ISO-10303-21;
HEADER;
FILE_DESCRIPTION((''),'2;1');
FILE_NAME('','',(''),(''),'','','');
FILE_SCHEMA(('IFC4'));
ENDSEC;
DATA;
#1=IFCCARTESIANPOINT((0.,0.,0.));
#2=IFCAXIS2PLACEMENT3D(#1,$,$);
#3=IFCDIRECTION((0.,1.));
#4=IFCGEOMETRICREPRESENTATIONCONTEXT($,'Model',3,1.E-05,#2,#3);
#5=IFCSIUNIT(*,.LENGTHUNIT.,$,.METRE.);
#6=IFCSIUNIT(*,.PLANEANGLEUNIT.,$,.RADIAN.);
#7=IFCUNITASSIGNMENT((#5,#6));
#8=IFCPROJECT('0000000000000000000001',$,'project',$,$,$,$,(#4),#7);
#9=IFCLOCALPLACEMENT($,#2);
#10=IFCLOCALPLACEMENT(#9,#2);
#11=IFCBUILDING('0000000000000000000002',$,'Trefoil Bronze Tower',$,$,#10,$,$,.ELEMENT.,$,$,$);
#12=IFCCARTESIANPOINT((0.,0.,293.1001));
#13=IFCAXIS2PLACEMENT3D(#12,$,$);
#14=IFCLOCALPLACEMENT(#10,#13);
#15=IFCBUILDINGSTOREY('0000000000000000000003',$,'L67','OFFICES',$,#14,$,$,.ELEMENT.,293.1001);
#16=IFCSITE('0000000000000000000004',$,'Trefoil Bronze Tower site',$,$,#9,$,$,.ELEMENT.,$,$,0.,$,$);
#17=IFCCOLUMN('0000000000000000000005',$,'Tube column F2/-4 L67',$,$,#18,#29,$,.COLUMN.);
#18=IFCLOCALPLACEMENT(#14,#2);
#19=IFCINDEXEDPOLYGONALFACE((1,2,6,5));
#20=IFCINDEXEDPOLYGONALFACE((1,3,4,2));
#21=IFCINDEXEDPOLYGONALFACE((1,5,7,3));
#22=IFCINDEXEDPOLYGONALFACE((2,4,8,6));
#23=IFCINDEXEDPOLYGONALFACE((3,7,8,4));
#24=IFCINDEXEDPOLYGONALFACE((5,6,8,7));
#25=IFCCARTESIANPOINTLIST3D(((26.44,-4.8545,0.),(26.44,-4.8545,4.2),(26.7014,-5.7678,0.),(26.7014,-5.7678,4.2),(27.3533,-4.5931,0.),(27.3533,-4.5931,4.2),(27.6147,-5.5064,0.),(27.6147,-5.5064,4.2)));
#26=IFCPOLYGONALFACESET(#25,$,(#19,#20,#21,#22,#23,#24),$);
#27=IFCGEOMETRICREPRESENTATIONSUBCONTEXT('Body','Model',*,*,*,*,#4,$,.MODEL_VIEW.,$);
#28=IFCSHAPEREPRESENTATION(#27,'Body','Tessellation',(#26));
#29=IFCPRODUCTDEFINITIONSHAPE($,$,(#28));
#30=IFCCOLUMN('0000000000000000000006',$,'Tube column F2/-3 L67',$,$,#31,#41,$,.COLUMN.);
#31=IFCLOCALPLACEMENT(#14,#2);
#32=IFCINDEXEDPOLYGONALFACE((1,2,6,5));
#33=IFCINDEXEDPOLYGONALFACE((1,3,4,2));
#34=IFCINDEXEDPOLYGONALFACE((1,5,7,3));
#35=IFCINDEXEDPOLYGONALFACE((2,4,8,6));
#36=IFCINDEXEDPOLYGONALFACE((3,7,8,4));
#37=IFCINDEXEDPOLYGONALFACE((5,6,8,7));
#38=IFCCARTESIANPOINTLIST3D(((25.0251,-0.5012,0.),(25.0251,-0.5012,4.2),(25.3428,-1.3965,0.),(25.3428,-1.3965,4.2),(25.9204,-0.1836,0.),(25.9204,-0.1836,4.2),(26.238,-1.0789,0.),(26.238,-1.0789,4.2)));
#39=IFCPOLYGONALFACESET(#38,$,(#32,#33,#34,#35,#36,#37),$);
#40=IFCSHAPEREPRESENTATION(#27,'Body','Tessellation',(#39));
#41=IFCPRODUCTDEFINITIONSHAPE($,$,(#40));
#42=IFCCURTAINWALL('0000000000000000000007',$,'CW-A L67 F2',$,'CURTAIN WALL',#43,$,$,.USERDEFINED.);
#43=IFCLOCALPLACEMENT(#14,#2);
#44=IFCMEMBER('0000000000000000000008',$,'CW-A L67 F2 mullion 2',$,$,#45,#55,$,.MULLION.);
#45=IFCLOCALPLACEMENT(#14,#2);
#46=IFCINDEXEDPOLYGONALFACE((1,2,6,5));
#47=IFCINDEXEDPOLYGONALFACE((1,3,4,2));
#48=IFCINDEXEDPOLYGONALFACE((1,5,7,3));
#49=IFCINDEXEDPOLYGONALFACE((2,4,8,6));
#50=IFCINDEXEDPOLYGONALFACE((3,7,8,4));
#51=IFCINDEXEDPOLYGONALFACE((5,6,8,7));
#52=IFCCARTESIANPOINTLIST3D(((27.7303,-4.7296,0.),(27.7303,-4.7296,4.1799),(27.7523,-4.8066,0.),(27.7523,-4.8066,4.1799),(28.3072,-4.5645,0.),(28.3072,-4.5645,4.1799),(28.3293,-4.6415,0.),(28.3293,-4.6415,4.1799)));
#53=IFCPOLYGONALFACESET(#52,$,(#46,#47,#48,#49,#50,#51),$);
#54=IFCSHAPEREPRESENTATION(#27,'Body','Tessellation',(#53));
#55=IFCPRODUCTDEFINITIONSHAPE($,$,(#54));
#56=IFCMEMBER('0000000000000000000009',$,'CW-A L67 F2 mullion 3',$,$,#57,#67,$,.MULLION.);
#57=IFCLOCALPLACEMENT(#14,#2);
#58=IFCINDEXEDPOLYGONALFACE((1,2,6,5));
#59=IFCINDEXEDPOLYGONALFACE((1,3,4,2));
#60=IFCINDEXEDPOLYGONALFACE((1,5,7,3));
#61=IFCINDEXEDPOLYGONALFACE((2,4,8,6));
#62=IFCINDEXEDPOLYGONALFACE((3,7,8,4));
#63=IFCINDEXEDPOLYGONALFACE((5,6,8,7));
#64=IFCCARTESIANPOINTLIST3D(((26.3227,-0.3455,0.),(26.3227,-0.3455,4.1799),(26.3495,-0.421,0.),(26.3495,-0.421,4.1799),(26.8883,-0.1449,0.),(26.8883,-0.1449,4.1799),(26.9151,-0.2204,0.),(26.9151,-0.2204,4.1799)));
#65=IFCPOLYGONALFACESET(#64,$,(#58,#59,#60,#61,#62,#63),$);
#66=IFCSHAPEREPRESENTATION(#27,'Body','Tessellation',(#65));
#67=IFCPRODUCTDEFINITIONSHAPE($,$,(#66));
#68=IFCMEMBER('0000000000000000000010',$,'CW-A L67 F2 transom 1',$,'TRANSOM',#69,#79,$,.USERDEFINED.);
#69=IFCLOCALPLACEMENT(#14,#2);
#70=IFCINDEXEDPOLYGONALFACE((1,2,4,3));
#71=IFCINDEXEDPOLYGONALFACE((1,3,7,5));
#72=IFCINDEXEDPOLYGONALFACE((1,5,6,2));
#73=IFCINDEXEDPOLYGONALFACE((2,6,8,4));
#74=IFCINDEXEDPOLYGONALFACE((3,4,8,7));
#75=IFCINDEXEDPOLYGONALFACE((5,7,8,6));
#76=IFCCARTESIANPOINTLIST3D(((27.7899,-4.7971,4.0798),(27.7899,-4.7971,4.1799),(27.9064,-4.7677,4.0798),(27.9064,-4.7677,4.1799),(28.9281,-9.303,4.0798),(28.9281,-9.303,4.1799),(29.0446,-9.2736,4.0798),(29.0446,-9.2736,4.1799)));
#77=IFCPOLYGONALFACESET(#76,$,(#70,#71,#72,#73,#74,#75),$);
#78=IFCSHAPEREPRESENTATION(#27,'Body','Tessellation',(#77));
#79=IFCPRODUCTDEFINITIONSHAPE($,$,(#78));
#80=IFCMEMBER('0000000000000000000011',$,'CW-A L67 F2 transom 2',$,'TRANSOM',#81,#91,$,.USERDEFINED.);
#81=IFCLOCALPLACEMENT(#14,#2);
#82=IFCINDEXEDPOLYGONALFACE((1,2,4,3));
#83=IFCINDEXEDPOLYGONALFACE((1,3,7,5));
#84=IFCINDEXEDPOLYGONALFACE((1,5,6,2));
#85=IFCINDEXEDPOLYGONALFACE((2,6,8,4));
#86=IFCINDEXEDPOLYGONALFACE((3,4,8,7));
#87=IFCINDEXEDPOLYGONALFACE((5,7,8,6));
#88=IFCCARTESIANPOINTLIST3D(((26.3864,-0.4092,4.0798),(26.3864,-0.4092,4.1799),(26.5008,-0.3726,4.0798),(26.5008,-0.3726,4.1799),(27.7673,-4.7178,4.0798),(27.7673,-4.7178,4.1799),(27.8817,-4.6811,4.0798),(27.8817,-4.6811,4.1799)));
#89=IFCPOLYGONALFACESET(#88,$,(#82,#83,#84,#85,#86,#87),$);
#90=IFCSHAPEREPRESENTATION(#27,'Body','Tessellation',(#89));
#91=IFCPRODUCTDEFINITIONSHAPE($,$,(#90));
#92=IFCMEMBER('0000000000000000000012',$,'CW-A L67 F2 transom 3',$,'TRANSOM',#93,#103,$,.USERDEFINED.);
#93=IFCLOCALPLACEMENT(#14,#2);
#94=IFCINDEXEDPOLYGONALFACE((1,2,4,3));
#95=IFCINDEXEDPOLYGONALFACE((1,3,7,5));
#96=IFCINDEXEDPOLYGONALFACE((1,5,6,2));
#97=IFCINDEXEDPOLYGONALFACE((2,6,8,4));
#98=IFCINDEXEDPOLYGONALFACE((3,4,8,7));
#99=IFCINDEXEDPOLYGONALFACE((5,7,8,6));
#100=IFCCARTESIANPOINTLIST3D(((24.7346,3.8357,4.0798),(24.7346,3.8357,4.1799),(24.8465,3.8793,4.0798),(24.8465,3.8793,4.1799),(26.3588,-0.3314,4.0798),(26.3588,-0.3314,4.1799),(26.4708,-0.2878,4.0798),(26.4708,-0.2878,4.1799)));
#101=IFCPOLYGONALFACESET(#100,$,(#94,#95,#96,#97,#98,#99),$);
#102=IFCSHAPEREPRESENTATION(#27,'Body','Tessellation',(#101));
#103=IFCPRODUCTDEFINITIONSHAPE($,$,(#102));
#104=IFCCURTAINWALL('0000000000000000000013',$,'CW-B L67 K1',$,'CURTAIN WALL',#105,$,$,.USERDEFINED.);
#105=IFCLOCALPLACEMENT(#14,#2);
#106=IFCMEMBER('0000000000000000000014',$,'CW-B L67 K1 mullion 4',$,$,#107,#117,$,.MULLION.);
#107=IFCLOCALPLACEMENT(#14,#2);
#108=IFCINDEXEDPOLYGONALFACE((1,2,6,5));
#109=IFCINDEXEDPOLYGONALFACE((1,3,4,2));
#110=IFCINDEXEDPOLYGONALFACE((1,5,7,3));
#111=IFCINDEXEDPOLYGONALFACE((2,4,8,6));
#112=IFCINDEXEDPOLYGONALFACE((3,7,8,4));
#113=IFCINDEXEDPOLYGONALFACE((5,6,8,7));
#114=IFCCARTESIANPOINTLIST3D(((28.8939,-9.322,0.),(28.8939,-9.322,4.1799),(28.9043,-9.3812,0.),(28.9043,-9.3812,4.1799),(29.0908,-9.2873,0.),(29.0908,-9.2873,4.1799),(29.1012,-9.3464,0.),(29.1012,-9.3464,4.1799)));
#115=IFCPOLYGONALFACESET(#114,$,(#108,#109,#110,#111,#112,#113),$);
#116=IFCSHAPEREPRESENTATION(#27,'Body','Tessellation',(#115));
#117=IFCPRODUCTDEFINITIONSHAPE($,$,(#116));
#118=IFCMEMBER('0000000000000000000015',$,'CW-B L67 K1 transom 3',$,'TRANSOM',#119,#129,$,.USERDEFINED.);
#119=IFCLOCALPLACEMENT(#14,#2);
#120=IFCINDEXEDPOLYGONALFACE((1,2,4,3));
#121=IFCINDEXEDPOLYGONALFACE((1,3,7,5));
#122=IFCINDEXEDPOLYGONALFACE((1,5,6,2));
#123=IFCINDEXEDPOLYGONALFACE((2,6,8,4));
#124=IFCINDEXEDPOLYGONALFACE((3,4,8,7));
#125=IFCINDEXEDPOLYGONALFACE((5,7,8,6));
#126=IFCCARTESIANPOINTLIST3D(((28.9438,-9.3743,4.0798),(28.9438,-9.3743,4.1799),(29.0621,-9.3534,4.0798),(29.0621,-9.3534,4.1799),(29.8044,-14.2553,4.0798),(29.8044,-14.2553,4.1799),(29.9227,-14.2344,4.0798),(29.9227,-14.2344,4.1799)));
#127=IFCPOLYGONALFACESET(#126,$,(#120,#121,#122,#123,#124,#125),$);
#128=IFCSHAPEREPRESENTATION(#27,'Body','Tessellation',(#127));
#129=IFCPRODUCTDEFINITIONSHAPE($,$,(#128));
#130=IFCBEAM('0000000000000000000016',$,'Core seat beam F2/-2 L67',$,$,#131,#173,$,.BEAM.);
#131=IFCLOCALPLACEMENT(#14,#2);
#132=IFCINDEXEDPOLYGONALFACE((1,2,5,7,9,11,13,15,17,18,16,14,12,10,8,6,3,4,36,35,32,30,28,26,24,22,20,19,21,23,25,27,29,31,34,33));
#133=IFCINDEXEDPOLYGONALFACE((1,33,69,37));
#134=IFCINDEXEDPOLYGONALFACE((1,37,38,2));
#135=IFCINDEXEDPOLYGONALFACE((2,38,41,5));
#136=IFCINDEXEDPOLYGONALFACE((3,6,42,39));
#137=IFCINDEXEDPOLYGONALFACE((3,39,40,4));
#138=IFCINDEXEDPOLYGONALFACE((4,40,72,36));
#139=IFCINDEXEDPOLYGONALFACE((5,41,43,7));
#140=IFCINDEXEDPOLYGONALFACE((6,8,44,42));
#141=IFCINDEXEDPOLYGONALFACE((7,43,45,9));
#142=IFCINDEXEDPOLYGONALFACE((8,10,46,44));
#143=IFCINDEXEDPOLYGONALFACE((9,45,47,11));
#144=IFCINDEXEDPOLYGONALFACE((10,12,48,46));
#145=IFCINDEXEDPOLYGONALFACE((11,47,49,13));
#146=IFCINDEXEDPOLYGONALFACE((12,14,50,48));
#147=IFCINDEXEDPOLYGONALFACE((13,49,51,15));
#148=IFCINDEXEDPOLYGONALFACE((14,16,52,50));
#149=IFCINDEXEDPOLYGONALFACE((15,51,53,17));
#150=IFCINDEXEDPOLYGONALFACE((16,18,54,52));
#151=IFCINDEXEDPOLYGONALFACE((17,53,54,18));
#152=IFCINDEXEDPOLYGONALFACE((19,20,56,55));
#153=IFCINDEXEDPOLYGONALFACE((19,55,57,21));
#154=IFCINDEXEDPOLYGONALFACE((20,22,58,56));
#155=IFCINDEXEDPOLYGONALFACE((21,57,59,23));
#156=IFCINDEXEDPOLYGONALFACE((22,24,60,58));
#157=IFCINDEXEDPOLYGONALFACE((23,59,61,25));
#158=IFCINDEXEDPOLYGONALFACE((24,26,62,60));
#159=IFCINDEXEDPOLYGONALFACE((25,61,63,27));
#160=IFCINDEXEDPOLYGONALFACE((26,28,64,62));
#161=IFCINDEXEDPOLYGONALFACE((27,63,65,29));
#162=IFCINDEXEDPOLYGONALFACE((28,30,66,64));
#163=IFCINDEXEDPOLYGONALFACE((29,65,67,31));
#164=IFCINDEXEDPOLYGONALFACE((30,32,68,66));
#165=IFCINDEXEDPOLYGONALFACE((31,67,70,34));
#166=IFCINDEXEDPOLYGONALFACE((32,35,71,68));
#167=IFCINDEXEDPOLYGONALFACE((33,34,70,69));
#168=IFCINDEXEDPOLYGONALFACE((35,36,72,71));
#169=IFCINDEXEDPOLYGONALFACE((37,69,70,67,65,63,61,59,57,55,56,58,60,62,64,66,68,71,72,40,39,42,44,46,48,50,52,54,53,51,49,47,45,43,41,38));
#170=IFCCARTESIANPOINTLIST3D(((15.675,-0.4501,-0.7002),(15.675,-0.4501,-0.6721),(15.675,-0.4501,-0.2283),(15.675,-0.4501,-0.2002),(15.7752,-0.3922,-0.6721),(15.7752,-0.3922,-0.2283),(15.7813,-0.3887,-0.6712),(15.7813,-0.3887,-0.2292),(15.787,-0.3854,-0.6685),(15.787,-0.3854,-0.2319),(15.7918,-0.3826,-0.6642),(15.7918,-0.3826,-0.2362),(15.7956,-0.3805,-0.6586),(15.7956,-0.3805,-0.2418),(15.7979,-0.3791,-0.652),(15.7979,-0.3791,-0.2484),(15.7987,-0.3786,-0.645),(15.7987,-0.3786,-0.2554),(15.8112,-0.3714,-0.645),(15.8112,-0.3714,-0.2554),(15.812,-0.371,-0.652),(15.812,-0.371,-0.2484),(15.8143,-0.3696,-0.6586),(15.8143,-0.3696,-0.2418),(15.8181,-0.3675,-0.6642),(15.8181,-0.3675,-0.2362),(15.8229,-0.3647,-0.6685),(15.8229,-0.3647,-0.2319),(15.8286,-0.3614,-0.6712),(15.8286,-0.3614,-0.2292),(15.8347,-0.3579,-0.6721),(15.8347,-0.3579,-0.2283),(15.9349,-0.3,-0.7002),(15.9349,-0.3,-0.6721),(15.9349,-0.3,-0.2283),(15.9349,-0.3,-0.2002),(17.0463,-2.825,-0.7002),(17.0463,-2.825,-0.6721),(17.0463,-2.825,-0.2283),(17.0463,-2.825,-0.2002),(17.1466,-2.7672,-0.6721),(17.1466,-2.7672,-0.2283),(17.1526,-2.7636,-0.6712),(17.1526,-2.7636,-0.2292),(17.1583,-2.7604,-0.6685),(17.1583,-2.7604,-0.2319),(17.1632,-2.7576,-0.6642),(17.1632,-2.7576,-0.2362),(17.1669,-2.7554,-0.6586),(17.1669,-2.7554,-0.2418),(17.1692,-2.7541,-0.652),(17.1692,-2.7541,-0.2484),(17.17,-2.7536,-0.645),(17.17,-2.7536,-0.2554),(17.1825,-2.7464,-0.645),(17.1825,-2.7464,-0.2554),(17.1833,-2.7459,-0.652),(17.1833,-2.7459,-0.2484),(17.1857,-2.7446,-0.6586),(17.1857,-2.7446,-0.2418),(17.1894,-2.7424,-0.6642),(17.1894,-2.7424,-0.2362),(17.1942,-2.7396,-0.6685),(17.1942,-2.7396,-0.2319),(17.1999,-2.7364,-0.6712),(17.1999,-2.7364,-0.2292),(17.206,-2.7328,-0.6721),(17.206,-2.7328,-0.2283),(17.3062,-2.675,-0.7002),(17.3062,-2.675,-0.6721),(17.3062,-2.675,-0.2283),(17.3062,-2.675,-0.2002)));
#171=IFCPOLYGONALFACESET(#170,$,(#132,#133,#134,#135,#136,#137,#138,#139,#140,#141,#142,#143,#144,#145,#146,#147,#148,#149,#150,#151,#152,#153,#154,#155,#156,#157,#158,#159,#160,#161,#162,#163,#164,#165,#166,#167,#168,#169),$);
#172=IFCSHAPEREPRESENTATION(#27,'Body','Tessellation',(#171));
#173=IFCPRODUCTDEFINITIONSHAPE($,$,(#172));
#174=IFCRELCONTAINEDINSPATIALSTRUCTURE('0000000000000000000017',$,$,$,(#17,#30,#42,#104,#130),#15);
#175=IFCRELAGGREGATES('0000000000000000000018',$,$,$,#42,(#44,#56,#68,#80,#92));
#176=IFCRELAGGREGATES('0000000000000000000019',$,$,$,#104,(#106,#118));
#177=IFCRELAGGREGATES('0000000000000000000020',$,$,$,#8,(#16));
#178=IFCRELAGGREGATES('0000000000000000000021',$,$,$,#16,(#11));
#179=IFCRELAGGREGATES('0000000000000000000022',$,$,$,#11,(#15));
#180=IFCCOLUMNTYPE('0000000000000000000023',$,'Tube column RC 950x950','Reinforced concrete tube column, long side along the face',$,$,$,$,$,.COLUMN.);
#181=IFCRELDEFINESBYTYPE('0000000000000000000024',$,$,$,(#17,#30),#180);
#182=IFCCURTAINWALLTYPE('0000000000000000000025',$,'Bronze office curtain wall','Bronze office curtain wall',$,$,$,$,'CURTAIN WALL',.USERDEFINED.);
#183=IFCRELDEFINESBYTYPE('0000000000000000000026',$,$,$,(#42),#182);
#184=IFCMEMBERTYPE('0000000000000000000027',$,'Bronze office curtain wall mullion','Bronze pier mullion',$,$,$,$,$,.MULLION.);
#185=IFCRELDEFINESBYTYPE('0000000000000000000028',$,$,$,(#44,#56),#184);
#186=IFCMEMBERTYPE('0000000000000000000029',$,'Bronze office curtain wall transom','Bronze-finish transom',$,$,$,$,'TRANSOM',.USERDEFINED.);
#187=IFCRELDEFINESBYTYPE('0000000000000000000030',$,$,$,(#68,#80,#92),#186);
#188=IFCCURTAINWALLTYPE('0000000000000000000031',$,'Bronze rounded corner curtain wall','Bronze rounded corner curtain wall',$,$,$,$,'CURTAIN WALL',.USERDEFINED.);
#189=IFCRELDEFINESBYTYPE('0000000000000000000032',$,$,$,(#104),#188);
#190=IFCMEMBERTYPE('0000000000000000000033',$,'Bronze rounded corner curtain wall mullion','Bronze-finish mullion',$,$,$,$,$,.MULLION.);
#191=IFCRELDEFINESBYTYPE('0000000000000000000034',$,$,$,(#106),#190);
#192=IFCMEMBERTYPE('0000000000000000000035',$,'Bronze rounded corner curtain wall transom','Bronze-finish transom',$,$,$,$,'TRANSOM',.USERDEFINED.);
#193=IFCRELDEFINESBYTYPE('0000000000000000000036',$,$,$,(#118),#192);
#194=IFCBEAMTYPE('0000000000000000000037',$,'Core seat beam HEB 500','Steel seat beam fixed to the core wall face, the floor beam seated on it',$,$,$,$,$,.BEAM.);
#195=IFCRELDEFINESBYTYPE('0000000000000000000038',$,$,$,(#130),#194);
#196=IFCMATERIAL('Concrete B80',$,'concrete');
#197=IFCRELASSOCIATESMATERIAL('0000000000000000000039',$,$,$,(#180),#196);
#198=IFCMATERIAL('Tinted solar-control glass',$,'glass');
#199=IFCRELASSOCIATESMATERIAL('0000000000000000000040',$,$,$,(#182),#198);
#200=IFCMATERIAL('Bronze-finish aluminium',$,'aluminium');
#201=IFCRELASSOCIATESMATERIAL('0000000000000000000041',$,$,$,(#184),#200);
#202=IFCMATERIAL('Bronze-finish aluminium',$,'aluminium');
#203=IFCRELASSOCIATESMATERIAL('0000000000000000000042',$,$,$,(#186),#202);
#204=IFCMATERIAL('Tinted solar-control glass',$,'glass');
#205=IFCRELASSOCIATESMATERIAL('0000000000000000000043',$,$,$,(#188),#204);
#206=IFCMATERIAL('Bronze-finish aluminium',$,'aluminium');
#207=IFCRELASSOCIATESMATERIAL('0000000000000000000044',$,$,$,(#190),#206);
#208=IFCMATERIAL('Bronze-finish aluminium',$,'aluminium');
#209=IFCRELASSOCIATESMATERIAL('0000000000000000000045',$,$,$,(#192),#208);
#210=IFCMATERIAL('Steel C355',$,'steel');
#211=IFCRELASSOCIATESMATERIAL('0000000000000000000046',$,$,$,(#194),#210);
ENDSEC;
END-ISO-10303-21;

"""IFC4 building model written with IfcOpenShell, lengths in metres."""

from ifc_helpers import new_model, si_unit, direction, frame, origin, origin_2d, place, context, subcontext, project, spatial, rectangle, i_section, extrude, material, material_profile, profile_set, type_object, element, aggregate, save


model = new_model("IFC4")

# Units and contexts
model_context = context("Model", 3, precision=1e-05, world=origin(), true_north=direction((0.0, 1.0)))
body_context = subcontext(model_context, "Body", "Model", "MODEL_VIEW")
ifc_project = project(units=[si_unit("LENGTHUNIT", "METRE"), si_unit("PLANEANGLEUNIT", "RADIAN")], contexts=[model_context])

# Site, building, storey
site_placement = place(None, origin())
site = spatial("IfcSite", under=ifc_project, at=site_placement, Name="Trefoil Bronze Tower site", CompositionType="ELEMENT", RefElevation=0.0)
building_placement = place(site_placement, origin())
building = spatial("IfcBuilding", under=site, at=building_placement, Name="Trefoil Bronze Tower", CompositionType="ELEMENT")
storey_placement = place(building_placement, frame((0.0, 0.0, 293.1001)))
storey = spatial("IfcBuildingStorey", under=building, at=storey_placement, Name="L67", Description="OFFICES", CompositionType="ELEMENT", Elevation=293.1001)

# Columns
ifc_material_1 = material(Name="Concrete B80", Category="concrete")
ifc_material_profile_1 = material_profile(ifc_material_1, rectangle(XDim=0.95, YDim=0.95, at=origin_2d()), Name="RC 950x950")
ifc_profile_set_1 = profile_set([ifc_material_profile_1], Name="Concrete B80")
column_type = type_object("IfcColumnType", Name="Tube column RC 950x950", Description="Reinforced concrete tube column, long side along the face", PredefinedType="COLUMN", material=ifc_profile_set_1)
for number, where, z_axis, x_axis, name in (
    (1, (27.0273, -5.1804, 0.0), (0.0, 0.0, 1.0), (-0.275169, 0.961396, 0.0), "Tube column F2/-4 L67"),
    (2, (25.6316, -0.79, 0.0), (0.0, 0.0, 1.0), (-0.334352, 0.942448, 0.0), "Tube column F2/-3 L67"),
):
    element("IfcColumn", number, at=place(storey_placement, frame(where, z_axis=z_axis, x_axis=x_axis)), inside=storey, type_object=column_type, Name=name, PredefinedType="COLUMN", context=body_context, shape_type="SweptSolid", body=[
        extrude(rectangle(XDim=0.95, YDim=0.95, at=origin_2d()), origin(), (0.0, 0.0, 1.0), 4.2),
    ])

# Curtain walls, members
ifc_material_2 = material(Name="Tinted solar-control glass", Category="glass")
curtain_wall_type_1 = type_object("IfcCurtainWallType", Name="Bronze office curtain wall", Description="Bronze office curtain wall", ElementType="CURTAIN WALL", PredefinedType="USERDEFINED", material=ifc_material_2)
curtain_wall_1_placement = place(storey_placement, origin())
curtain_wall_1 = element("IfcCurtainWall", 3, at=curtain_wall_1_placement, inside=storey, type_object=curtain_wall_type_1, Name="CW-A L67 F2", ObjectType="CURTAIN WALL", PredefinedType="USERDEFINED")
ifc_material_3 = material(Name="Bronze-finish aluminium", Category="aluminium")
ifc_material_profile_2 = material_profile(ifc_material_3, rectangle(XDim=0.6001, YDim=0.0801, at=origin_2d()), Name="CW-A mullion")
ifc_profile_set_2 = profile_set([ifc_material_profile_2], Name="Bronze-finish aluminium")
member_type_1 = type_object("IfcMemberType", Name="Bronze office curtain wall mullion", Description="Bronze pier mullion", PredefinedType="MULLION", material=ifc_profile_set_2)
member_1_placement = place(storey_placement, frame((28.0298, -4.6855, 0.0), z_axis=(0.0, 0.0, 1.0), x_axis=(-0.961396, -0.275169, 0.0)))
member_1 = element("IfcMember", 4, at=member_1_placement, type_object=member_type_1, Name="CW-A L67 F2 mullion 2", PredefinedType="MULLION", context=body_context, shape_type="SweptSolid", body=[
    extrude(rectangle(XDim=0.6001, YDim=0.0801, at=origin_2d()), origin(), (0.0, 0.0, 1.0), 4.1799),
])
member_2_placement = place(storey_placement, frame((26.6189, -0.283, 0.0), z_axis=(0.0, 0.0, 1.0), x_axis=(-0.942448, -0.334352, 0.0)))
member_2 = element("IfcMember", 5, at=member_2_placement, type_object=member_type_1, Name="CW-A L67 F2 mullion 3", PredefinedType="MULLION", context=body_context, shape_type="SweptSolid", body=[
    extrude(rectangle(XDim=0.6001, YDim=0.0801, at=origin_2d()), origin(), (0.0, 0.0, 1.0), 4.1799),
])
ifc_material_4 = material(Name="Bronze-finish aluminium", Category="aluminium")
ifc_material_profile_3 = material_profile(ifc_material_4, rectangle(XDim=0.1201, YDim=0.1001, at=origin_2d()), Name="CW-A transom")
ifc_profile_set_3 = profile_set([ifc_material_profile_3], Name="Bronze-finish aluminium")
member_type_2 = type_object("IfcMemberType", Name="Bronze office curtain wall transom", Description="Bronze-finish transom", ElementType="TRANSOM", PredefinedType="USERDEFINED", material=ifc_profile_set_3)
member_3_placement = place(storey_placement, frame((28.9863, -9.2883, 4.1299), z_axis=(-0.244908, 0.969546, 0.0), x_axis=(-0.969546, -0.244908, 0.0)))
member_3 = element("IfcMember", 6, at=member_3_placement, type_object=member_type_2, Name="CW-A L67 F2 transom 1", ObjectType="TRANSOM", PredefinedType="USERDEFINED", context=body_context, shape_type="SweptSolid", body=[
    extrude(rectangle(XDim=0.1201, YDim=0.1001, at=origin_2d()), origin(), (0.0, 0.0, 1.0), 4.6475),
])
member_4_placement = place(storey_placement, frame((27.8245, -4.6995, 4.1299), z_axis=(-0.305199, 0.952289, 0.0), x_axis=(-0.952289, -0.305199, 0.0)))
member_4 = element("IfcMember", 7, at=member_4_placement, type_object=member_type_2, Name="CW-A L67 F2 transom 2", ObjectType="TRANSOM", PredefinedType="USERDEFINED", context=body_context, shape_type="SweptSolid", body=[
    extrude(rectangle(XDim=0.1201, YDim=0.1001, at=origin_2d()), origin(), (0.0, 0.0, 1.0), 4.5244),
])
member_5_placement = place(storey_placement, frame((26.4148, -0.3096, 4.1299), z_axis=(-0.363178, 0.93172, 0.0), x_axis=(-0.93172, -0.363178, 0.0)))
member_5 = element("IfcMember", 8, at=member_5_placement, type_object=member_type_2, Name="CW-A L67 F2 transom 3", ObjectType="TRANSOM", PredefinedType="USERDEFINED", context=body_context, shape_type="SweptSolid", body=[
    extrude(rectangle(XDim=0.1201, YDim=0.1001, at=origin_2d()), origin(), (0.0, 0.0, 1.0), 4.4724),
])
ifc_material_5 = material(Name="Tinted solar-control glass", Category="glass")
curtain_wall_type_2 = type_object("IfcCurtainWallType", Name="Bronze rounded corner curtain wall", Description="Bronze rounded corner curtain wall", ElementType="CURTAIN WALL", PredefinedType="USERDEFINED", material=ifc_material_5)
curtain_wall_2_placement = place(storey_placement, origin())
curtain_wall_2 = element("IfcCurtainWall", 9, at=curtain_wall_2_placement, inside=storey, type_object=curtain_wall_type_2, Name="CW-B L67 K1", ObjectType="CURTAIN WALL", PredefinedType="USERDEFINED")
ifc_material_6 = material(Name="Bronze-finish aluminium", Category="aluminium")
ifc_material_profile_4 = material_profile(ifc_material_6, rectangle(XDim=0.2, YDim=0.0601, at=origin_2d()), Name="CW-B mullion")
ifc_profile_set_4 = profile_set([ifc_material_profile_4], Name="Bronze-finish aluminium")
member_type_3 = type_object("IfcMemberType", Name="Bronze rounded corner curtain wall mullion", Description="Bronze-finish mullion", PredefinedType="MULLION", material=ifc_profile_set_4)
member_6_placement = place(storey_placement, frame((28.9976, -9.3342, 0.0), z_axis=(0.0, 0.0, 1.0), x_axis=(-0.984808, -0.173648, 0.0)))
member_6 = element("IfcMember", 10, at=member_6_placement, type_object=member_type_3, Name="CW-B L67 K1 mullion 4", PredefinedType="MULLION", context=body_context, shape_type="SweptSolid", body=[
    extrude(rectangle(XDim=0.2, YDim=0.0601, at=origin_2d()), origin(), (0.0, 0.0, 1.0), 4.1799),
])
ifc_material_7 = material(Name="Bronze-finish aluminium", Category="aluminium")
ifc_material_profile_5 = material_profile(ifc_material_7, rectangle(XDim=0.1201, YDim=0.1001, at=origin_2d()), Name="CW-B transom")
ifc_profile_set_5 = profile_set([ifc_material_profile_5], Name="Bronze-finish aluminium")
member_type_4 = type_object("IfcMemberType", Name="Bronze rounded corner curtain wall transom", Description="Bronze-finish transom", ElementType="TRANSOM", PredefinedType="USERDEFINED", material=ifc_profile_set_5)
member_7_placement = place(storey_placement, frame((29.8635, -14.2449, 4.1299), z_axis=(-0.173634, 0.98481, 0.0), x_axis=(-0.98481, -0.173634, 0.0)))
member_7 = element("IfcMember", 11, at=member_7_placement, type_object=member_type_4, Name="CW-B L67 K1 transom 3", ObjectType="TRANSOM", PredefinedType="USERDEFINED", context=body_context, shape_type="SweptSolid", body=[
    extrude(rectangle(XDim=0.1201, YDim=0.1001, at=origin_2d()), origin(), (0.0, 0.0, 1.0), 4.9563),
])

# Beam
ifc_material_8 = material(Name="Steel C355", Category="steel")
ifc_material_profile_6 = material_profile(ifc_material_8, i_section(OverallWidth=0.3, OverallDepth=0.5, WebThickness=0.0144, FlangeThickness=0.0281, FilletRadius=0.0271, at=origin_2d()), Name="HEB 500")
ifc_profile_set_6 = profile_set([ifc_material_profile_6], Name="Steel C355")
beam_type_1 = type_object("IfcBeamType", Name="Core seat beam HEB 500", Description="Steel seat beam fixed to the core wall face, the floor beam seated on it", PredefinedType="BEAM", material=ifc_profile_set_6)
beam_1_placement = place(storey_placement, frame((17.1763, -2.75, -0.4502), z_axis=(-0.500036, 0.866005, 0.0), x_axis=(-0.866005, -0.500036, 0.0)))
element("IfcBeam", 12, at=beam_1_placement, inside=storey, type_object=beam_type_1, Name="Core seat beam F2/-2 L67", PredefinedType="BEAM", context=body_context, shape_type="SweptSolid", body=[
    extrude(i_section(OverallWidth=0.3, OverallDepth=0.5, WebThickness=0.0144, FlangeThickness=0.0281, FilletRadius=0.0271, at=origin_2d()), origin(), (0.0, 0.0, 1.0), 2.7424),
])

aggregate(curtain_wall_1, [member_1, member_2, member_3, member_4, member_5])
aggregate(curtain_wall_2, [member_6, member_7])

save(model, "model.ifc")
